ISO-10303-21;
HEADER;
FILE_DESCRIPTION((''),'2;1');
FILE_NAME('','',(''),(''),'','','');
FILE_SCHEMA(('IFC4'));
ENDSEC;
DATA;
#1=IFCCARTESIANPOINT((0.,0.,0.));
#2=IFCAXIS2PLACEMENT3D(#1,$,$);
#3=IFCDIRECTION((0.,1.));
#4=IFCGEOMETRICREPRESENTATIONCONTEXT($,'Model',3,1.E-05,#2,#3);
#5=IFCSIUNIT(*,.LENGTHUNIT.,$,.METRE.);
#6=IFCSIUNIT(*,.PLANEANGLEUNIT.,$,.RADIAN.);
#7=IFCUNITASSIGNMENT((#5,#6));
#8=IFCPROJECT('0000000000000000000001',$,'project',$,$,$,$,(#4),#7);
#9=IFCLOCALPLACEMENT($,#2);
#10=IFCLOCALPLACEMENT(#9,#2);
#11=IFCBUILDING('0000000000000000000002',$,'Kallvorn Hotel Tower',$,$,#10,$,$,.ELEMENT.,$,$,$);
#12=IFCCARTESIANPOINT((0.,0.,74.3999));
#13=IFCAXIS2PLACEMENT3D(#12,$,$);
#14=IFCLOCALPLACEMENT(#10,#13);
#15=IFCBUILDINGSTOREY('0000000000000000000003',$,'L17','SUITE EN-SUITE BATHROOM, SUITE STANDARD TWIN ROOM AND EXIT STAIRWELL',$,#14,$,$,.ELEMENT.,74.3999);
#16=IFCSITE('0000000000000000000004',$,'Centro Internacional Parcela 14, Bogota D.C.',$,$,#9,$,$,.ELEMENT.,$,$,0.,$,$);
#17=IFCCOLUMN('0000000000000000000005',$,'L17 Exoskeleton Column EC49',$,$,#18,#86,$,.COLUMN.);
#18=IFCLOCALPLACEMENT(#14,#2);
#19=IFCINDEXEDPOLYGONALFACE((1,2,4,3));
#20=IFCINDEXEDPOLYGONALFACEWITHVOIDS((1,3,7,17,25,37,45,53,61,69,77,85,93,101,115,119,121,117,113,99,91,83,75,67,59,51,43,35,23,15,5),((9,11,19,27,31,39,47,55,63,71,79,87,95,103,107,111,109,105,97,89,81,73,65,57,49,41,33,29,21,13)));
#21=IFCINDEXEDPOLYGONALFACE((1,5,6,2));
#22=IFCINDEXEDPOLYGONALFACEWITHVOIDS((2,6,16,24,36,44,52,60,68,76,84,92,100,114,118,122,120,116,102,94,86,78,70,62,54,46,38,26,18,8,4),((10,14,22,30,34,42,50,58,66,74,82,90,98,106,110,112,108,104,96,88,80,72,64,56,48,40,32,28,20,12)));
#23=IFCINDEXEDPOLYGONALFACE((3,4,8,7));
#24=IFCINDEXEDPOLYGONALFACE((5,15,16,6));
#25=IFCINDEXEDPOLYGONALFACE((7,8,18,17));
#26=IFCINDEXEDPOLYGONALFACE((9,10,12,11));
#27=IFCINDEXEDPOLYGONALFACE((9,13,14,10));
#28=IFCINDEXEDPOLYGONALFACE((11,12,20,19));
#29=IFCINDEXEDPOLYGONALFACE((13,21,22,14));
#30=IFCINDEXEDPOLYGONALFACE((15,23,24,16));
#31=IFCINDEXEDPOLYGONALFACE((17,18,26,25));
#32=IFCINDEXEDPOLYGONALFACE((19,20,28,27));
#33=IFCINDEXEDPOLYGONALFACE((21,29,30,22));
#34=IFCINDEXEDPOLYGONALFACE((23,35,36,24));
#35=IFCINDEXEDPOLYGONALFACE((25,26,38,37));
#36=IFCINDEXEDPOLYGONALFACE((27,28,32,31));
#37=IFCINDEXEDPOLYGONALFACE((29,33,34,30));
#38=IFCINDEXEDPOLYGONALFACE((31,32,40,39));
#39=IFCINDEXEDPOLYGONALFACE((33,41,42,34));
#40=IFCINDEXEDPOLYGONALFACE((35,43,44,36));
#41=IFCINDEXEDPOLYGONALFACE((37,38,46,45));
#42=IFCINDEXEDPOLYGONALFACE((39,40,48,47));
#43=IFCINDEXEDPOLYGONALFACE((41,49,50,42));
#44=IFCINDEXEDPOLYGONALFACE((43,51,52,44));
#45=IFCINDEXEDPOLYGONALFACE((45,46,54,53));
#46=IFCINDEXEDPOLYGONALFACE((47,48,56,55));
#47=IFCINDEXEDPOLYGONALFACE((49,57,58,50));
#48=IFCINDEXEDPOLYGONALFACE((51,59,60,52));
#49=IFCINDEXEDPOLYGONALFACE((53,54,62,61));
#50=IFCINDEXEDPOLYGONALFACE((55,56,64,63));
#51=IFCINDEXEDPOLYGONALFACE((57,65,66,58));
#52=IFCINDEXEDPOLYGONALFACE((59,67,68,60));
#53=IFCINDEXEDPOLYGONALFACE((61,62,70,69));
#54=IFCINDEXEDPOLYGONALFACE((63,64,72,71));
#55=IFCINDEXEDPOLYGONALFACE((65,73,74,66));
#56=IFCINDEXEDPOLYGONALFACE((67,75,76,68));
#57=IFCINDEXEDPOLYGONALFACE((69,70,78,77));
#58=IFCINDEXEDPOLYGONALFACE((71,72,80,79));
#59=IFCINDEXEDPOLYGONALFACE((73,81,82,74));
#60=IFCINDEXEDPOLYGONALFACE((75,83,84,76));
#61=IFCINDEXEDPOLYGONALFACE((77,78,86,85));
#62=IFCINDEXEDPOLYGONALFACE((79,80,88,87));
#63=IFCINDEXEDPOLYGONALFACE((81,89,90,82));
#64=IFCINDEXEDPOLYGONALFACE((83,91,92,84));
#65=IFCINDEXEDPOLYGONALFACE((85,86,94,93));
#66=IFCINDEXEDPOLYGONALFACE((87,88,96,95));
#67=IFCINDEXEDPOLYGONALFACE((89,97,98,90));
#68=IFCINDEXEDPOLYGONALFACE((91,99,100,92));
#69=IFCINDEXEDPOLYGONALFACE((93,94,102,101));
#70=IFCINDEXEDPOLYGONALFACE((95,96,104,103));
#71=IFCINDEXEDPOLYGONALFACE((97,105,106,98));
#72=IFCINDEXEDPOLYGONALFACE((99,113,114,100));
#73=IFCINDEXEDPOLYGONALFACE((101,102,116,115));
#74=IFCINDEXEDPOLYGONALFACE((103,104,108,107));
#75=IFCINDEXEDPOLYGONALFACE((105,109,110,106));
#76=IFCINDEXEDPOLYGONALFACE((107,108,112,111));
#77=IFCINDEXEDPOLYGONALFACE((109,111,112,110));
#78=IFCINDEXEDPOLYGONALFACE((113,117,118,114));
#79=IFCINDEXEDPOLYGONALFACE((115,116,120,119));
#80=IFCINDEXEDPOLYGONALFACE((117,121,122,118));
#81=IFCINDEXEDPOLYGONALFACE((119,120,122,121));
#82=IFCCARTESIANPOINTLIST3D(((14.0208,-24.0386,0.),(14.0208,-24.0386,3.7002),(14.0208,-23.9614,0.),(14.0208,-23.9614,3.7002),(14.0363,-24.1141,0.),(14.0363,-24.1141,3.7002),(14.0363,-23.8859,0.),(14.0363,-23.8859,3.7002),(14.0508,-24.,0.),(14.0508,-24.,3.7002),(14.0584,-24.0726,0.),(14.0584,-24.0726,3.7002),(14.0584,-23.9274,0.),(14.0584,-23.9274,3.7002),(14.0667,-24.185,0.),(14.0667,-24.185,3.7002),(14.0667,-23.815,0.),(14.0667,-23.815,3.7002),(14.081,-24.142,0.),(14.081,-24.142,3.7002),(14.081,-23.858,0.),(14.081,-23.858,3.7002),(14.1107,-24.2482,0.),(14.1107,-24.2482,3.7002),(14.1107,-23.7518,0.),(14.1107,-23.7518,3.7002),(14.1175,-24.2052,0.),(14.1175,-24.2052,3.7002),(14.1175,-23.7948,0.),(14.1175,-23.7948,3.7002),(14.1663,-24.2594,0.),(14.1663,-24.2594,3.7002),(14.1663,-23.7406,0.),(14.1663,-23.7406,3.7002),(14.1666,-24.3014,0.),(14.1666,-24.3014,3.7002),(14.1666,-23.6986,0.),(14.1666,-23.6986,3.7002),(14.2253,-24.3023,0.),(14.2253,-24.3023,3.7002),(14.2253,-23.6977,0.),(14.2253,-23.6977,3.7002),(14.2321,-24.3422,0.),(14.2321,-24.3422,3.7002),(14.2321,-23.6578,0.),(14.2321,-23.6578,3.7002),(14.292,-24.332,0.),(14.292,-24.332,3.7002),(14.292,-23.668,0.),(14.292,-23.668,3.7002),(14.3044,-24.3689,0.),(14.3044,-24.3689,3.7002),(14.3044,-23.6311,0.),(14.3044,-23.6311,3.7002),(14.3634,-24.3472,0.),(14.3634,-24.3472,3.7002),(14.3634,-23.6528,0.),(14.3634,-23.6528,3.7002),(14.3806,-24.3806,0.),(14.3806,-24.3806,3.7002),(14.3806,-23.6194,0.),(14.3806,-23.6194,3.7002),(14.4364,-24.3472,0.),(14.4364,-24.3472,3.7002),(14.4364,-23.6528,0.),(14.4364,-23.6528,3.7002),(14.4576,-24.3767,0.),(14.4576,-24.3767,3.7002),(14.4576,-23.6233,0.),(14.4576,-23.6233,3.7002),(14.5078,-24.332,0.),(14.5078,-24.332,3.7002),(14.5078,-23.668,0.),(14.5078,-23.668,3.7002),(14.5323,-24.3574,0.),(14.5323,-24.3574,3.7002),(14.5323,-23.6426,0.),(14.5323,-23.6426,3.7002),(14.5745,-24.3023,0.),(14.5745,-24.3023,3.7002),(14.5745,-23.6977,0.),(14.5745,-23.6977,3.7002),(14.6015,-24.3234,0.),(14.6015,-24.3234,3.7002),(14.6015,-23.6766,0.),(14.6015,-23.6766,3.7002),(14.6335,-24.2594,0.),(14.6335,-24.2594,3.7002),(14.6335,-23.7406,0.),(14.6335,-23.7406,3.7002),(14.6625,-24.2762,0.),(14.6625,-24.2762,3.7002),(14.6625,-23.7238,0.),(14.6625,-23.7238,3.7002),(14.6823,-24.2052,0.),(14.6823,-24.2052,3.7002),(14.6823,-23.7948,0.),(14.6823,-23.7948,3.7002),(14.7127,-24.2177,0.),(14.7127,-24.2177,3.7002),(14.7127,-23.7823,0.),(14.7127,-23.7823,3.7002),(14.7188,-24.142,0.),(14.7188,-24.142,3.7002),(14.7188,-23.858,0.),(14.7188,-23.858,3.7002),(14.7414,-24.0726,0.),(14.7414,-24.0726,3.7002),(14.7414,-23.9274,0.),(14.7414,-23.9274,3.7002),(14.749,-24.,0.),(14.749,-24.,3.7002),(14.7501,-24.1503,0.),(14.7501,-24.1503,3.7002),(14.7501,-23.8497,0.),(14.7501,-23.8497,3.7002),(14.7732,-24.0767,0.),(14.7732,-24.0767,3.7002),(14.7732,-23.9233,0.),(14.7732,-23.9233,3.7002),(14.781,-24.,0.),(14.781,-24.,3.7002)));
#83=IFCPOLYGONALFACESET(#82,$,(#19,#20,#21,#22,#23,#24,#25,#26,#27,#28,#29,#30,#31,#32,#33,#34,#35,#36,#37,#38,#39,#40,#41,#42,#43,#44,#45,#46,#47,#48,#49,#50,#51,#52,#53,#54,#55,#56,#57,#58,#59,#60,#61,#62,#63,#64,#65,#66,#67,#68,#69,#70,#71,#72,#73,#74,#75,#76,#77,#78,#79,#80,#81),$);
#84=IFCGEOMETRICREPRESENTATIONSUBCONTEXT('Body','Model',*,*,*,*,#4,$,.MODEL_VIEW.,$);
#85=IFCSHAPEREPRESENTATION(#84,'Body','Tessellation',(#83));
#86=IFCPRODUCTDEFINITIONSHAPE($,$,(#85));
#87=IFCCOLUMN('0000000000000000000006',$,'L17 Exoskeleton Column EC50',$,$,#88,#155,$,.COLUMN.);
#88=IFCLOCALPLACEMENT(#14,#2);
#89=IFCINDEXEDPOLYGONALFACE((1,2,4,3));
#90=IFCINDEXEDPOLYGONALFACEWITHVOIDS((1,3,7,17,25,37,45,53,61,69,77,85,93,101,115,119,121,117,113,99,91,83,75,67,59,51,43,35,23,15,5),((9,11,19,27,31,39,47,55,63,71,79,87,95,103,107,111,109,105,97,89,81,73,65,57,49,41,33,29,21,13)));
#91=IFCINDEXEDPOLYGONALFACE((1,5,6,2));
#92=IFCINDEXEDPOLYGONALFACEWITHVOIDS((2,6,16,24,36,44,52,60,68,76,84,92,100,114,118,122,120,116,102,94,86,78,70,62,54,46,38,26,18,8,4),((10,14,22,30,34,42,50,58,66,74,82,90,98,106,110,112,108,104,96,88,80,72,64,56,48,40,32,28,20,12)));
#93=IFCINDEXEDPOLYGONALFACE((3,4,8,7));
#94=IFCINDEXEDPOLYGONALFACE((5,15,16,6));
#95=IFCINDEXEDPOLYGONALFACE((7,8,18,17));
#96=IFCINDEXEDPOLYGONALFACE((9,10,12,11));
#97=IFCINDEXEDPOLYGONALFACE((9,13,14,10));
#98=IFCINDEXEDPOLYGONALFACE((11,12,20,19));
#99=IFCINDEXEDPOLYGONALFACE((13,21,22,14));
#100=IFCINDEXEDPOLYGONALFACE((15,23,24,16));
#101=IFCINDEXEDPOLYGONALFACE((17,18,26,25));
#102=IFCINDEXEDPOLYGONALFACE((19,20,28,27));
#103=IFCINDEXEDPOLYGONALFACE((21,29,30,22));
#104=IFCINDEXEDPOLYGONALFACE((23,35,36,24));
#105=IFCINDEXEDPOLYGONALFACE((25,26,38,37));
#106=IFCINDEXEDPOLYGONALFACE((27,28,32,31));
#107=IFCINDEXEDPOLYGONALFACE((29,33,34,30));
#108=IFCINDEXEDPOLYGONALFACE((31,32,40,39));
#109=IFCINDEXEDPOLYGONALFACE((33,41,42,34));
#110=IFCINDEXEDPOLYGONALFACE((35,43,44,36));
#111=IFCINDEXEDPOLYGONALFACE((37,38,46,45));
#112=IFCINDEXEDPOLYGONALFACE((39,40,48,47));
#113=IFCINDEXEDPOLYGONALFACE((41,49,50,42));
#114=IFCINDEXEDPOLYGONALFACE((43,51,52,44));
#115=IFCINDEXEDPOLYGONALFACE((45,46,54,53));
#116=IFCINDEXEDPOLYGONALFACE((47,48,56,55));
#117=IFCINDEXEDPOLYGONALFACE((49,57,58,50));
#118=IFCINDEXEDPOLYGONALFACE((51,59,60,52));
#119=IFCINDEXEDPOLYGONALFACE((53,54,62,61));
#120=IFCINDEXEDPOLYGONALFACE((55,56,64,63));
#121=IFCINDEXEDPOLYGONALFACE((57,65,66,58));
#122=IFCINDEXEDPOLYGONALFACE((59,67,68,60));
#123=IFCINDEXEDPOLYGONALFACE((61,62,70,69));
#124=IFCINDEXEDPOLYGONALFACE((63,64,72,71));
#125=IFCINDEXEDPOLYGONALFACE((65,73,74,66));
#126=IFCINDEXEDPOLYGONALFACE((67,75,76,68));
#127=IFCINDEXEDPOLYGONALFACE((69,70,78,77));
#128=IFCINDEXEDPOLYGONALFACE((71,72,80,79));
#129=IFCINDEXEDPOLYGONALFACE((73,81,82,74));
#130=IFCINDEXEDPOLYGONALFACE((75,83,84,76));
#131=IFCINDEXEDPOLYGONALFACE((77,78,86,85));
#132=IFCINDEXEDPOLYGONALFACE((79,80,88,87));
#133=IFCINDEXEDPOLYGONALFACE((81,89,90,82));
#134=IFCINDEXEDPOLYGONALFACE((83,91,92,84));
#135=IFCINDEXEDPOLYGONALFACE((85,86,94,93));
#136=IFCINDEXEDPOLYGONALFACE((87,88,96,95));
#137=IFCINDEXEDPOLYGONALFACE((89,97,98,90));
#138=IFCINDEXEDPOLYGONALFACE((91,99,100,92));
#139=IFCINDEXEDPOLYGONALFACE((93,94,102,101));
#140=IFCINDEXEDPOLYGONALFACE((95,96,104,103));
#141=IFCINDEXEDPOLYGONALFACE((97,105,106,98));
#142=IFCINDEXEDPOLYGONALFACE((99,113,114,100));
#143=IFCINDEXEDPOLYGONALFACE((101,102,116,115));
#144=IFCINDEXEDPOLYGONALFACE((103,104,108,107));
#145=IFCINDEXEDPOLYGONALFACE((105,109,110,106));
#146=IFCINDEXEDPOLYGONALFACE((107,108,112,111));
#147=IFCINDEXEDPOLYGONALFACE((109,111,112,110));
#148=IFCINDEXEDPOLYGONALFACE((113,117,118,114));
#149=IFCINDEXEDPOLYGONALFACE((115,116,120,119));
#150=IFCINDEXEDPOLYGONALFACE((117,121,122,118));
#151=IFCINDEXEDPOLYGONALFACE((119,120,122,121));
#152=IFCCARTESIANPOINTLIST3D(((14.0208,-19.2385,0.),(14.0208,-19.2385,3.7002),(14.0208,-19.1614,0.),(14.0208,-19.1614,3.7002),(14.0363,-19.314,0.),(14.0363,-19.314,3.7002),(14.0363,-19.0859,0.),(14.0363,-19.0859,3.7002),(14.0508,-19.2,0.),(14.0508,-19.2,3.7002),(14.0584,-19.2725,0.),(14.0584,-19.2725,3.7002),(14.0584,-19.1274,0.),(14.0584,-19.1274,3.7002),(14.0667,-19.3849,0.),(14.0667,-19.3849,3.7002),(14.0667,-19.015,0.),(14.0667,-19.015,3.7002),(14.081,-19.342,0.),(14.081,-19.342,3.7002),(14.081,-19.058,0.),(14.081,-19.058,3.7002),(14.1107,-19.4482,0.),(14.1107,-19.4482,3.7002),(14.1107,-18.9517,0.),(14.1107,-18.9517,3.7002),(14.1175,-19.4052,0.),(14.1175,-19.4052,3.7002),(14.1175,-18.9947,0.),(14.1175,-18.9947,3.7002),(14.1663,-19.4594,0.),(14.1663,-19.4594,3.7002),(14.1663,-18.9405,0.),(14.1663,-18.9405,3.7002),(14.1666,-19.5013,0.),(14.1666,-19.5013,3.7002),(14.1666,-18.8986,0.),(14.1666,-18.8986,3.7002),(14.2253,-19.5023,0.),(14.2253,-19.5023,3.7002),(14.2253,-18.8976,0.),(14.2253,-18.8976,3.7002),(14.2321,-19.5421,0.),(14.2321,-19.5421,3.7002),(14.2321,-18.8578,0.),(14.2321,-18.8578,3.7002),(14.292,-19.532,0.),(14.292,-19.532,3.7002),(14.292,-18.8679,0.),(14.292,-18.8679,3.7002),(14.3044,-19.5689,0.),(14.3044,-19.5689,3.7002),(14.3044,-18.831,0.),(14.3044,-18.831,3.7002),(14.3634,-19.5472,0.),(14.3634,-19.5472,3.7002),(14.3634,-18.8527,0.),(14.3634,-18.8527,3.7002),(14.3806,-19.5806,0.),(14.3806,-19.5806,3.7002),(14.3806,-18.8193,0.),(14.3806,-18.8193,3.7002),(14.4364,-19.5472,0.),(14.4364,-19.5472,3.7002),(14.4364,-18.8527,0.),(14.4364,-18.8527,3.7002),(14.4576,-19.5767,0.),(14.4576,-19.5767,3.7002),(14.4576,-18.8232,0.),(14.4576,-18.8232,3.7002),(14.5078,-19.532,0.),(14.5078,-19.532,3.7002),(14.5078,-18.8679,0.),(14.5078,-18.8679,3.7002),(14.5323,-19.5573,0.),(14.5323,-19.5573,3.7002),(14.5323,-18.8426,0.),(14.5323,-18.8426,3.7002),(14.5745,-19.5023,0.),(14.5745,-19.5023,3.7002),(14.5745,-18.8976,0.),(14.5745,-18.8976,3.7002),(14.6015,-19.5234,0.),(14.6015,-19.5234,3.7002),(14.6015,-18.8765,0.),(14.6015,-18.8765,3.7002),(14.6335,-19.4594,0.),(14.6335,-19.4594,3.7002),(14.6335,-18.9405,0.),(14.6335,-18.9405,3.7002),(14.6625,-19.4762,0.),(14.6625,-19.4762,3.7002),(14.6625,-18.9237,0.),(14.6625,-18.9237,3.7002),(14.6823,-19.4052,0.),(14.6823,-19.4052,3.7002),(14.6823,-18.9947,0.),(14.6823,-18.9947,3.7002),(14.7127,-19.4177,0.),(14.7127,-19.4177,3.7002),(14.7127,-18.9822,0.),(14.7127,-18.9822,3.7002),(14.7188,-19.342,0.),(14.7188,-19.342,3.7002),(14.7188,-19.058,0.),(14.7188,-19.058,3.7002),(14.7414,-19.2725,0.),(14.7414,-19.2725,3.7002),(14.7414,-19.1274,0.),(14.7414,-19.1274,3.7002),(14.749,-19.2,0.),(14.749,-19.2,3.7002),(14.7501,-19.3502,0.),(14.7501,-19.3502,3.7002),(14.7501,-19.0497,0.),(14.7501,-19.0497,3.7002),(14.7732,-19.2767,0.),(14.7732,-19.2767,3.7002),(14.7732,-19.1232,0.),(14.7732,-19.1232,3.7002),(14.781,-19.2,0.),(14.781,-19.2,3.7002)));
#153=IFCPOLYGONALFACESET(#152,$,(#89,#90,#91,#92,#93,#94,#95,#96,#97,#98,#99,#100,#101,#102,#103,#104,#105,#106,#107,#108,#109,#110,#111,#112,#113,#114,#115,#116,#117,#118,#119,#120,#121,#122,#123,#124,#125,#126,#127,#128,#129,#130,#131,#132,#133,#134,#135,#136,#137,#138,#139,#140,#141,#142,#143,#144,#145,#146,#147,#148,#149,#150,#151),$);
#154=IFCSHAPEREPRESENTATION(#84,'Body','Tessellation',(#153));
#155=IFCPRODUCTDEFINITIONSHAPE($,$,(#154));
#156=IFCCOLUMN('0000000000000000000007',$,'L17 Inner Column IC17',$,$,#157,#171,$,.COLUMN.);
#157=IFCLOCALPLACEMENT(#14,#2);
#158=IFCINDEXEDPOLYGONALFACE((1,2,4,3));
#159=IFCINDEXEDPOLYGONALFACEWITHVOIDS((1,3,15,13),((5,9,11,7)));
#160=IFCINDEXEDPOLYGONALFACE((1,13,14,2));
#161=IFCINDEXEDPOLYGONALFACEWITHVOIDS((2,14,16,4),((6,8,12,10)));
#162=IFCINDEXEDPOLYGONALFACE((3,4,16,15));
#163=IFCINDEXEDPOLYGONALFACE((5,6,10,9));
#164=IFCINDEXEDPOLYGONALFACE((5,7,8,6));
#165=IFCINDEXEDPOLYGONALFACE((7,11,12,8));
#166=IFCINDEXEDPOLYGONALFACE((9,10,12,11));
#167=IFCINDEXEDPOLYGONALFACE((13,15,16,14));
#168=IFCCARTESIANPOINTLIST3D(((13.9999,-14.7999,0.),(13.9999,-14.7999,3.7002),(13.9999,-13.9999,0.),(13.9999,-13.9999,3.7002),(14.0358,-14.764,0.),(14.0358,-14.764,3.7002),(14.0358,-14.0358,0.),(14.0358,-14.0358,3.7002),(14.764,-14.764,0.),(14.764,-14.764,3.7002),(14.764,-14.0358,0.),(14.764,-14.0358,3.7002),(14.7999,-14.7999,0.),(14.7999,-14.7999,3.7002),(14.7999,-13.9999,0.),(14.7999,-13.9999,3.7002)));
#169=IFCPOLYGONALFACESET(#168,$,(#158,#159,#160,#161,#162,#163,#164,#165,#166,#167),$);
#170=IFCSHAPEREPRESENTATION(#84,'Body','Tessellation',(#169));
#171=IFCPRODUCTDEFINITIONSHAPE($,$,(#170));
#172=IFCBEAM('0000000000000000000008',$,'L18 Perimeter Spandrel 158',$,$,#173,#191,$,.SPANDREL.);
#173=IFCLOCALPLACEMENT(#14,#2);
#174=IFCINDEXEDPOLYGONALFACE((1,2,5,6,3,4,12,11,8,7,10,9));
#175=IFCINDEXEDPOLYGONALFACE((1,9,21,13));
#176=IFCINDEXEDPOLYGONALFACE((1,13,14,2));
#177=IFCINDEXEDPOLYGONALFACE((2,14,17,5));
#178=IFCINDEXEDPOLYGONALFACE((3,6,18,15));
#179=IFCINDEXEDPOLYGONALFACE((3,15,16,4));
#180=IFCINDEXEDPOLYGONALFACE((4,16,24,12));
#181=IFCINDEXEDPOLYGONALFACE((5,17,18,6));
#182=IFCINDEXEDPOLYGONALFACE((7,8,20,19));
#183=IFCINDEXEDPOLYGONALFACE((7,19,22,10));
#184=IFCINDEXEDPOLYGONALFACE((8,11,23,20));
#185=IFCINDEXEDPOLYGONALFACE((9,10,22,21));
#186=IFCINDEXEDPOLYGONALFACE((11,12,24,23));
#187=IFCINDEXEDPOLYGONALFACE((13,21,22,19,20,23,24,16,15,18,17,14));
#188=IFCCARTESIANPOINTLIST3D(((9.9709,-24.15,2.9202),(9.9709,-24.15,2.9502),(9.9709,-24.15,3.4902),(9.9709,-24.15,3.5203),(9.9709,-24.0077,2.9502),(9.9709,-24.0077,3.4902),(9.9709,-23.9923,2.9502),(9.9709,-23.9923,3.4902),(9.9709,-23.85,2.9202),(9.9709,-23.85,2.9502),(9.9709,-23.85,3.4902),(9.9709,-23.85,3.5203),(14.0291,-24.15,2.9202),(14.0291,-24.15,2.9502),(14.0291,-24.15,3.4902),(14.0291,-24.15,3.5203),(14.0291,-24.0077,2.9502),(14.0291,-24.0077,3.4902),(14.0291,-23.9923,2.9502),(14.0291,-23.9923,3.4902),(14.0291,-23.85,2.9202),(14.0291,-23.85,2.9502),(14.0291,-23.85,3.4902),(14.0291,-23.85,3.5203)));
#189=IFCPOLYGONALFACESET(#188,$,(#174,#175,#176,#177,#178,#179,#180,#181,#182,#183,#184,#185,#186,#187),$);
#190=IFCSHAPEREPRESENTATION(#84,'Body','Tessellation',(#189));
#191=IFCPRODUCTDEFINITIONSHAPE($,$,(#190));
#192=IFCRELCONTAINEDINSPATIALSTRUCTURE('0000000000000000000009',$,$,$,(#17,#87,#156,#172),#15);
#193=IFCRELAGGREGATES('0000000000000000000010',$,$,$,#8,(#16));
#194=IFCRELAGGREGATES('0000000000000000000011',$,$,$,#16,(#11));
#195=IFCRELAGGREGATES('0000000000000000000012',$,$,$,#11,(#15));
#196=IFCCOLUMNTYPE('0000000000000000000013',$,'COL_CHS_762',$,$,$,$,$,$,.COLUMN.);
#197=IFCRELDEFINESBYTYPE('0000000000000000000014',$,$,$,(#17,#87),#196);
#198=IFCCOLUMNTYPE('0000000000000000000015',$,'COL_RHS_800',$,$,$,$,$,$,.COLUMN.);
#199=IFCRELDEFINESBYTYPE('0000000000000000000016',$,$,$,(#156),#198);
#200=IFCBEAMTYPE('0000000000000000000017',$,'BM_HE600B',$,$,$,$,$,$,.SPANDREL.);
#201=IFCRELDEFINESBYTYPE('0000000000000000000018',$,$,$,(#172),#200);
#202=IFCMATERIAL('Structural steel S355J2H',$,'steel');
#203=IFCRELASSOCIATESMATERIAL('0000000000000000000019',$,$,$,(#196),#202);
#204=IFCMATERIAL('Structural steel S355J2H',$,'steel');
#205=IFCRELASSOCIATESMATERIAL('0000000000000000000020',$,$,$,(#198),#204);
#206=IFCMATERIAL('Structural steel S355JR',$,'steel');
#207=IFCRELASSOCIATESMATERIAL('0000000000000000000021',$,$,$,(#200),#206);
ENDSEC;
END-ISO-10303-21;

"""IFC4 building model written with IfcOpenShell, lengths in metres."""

from ifc_helpers import new_model, si_unit, direction, frame, origin, origin_2d, place, context, subcontext, project, spatial, hollow_rectangle, hollow_circle, i_section, extrude, material, material_profile, profile_set, type_object, element, save


model = new_model("IFC4")

# Units and contexts
model_context = context("Model", 3, precision=1e-05, world=origin(), true_north=direction((0.0, 1.0)))
body_context = subcontext(model_context, "Body", "Model", "MODEL_VIEW")
ifc_project = project(units=[si_unit("LENGTHUNIT", "METRE"), si_unit("PLANEANGLEUNIT", "RADIAN")], contexts=[model_context])

# Site, building, storey
site_placement = place(None, origin())
site = spatial("IfcSite", under=ifc_project, at=site_placement, Name="Centro Internacional Parcela 14, Bogota D.C.", CompositionType="ELEMENT", RefElevation=0.0)
building_placement = place(site_placement, origin())
building = spatial("IfcBuilding", under=site, at=building_placement, Name="Kallvorn Hotel Tower", CompositionType="ELEMENT")
storey_placement = place(building_placement, frame((0.0, 0.0, 74.3999)))
storey = spatial("IfcBuildingStorey", under=building, at=storey_placement, Name="L17", Description="SUITE EN-SUITE BATHROOM, SUITE STANDARD TWIN ROOM AND EXIT STAIRWELL", CompositionType="ELEMENT", Elevation=74.3999)

# Columns
ifc_material_1 = material(Name="Structural steel S355J2H", Category="steel")
ifc_material_profile_1 = material_profile(ifc_material_1, hollow_circle(Radius=0.3811, WallThickness=0.032, at=origin_2d()), Name="CHS 762x32")
ifc_profile_set_1 = profile_set([ifc_material_profile_1], Name="Structural steel S355J2H")
column_type_1 = type_object("IfcColumnType", Name="COL_CHS_762", PredefinedType="COLUMN", material=ifc_profile_set_1)
for number, where, z_axis, x_axis, name in (
    (1, (14.3999, -24.0, 0.0), (0.0, 0.0, 1.0), (1.0, 0.0, 0.0), "L17 Exoskeleton Column EC49"),
    (2, (14.3999, -19.2, 0.0), (0.0, 0.0, 1.0), (1.0, 0.0, 0.0), "L17 Exoskeleton Column EC50"),
):
    element("IfcColumn", number, at=place(storey_placement, frame(where, z_axis=z_axis, x_axis=x_axis)), inside=storey, type_object=column_type_1, Name=name, PredefinedType="COLUMN", context=body_context, shape_type="SweptSolid", body=[
        extrude(hollow_circle(Radius=0.3811, WallThickness=0.032, at=origin_2d()), origin(), (0.0, 0.0, 1.0), 3.7002),
    ])
ifc_material_2 = material(Name="Structural steel S355J2H", Category="steel")
ifc_material_profile_2 = material_profile(ifc_material_2, hollow_rectangle(XDim=0.8, YDim=0.8, WallThickness=0.0359, at=origin_2d()), Name="RHS 800x800x36")
ifc_profile_set_2 = profile_set([ifc_material_profile_2], Name="Structural steel S355J2H")
column_type_2 = type_object("IfcColumnType", Name="COL_RHS_800", PredefinedType="COLUMN", material=ifc_profile_set_2)
column_placement = place(storey_placement, frame((14.3999, -14.3999, 0.0), z_axis=(0.0, 0.0, 1.0), x_axis=(1.0, 0.0, 0.0)))
element("IfcColumn", 3, at=column_placement, inside=storey, type_object=column_type_2, Name="L17 Inner Column IC17", PredefinedType="COLUMN", context=body_context, shape_type="SweptSolid", body=[
    extrude(hollow_rectangle(XDim=0.8, YDim=0.8, WallThickness=0.0359, at=origin_2d()), origin(), (0.0, 0.0, 1.0), 3.7002),
])

# Beam
ifc_material_3 = material(Name="Structural steel S355JR", Category="steel")
ifc_material_profile_3 = material_profile(ifc_material_3, i_section(OverallWidth=0.3, OverallDepth=0.6001, WebThickness=0.0154, FlangeThickness=0.03, at=origin_2d()), Name="HE 600 B")
ifc_profile_set_3 = profile_set([ifc_material_profile_3], Name="Structural steel S355JR")
beam_type_1 = type_object("IfcBeamType", Name="BM_HE600B", PredefinedType="SPANDREL", material=ifc_profile_set_3)
for number, where, z_axis, x_axis, name in (
    (4, (9.9709, -24.0, 3.2202), (1.0, 0.0, 0.0), (0.0, 1.0, 0.0), "L18 Perimeter Spandrel 158"),
):
    element("IfcBeam", number, at=place(storey_placement, frame(where, z_axis=z_axis, x_axis=x_axis)), inside=storey, type_object=beam_type_1, Name=name, PredefinedType="SPANDREL", context=body_context, shape_type="SweptSolid", body=[
        extrude(i_section(OverallWidth=0.3, OverallDepth=0.6001, WebThickness=0.0154, FlangeThickness=0.03, at=origin_2d()), origin(), (0.0, 0.0, 1.0), 4.0581),
    ])

save(model, "model.ifc")
